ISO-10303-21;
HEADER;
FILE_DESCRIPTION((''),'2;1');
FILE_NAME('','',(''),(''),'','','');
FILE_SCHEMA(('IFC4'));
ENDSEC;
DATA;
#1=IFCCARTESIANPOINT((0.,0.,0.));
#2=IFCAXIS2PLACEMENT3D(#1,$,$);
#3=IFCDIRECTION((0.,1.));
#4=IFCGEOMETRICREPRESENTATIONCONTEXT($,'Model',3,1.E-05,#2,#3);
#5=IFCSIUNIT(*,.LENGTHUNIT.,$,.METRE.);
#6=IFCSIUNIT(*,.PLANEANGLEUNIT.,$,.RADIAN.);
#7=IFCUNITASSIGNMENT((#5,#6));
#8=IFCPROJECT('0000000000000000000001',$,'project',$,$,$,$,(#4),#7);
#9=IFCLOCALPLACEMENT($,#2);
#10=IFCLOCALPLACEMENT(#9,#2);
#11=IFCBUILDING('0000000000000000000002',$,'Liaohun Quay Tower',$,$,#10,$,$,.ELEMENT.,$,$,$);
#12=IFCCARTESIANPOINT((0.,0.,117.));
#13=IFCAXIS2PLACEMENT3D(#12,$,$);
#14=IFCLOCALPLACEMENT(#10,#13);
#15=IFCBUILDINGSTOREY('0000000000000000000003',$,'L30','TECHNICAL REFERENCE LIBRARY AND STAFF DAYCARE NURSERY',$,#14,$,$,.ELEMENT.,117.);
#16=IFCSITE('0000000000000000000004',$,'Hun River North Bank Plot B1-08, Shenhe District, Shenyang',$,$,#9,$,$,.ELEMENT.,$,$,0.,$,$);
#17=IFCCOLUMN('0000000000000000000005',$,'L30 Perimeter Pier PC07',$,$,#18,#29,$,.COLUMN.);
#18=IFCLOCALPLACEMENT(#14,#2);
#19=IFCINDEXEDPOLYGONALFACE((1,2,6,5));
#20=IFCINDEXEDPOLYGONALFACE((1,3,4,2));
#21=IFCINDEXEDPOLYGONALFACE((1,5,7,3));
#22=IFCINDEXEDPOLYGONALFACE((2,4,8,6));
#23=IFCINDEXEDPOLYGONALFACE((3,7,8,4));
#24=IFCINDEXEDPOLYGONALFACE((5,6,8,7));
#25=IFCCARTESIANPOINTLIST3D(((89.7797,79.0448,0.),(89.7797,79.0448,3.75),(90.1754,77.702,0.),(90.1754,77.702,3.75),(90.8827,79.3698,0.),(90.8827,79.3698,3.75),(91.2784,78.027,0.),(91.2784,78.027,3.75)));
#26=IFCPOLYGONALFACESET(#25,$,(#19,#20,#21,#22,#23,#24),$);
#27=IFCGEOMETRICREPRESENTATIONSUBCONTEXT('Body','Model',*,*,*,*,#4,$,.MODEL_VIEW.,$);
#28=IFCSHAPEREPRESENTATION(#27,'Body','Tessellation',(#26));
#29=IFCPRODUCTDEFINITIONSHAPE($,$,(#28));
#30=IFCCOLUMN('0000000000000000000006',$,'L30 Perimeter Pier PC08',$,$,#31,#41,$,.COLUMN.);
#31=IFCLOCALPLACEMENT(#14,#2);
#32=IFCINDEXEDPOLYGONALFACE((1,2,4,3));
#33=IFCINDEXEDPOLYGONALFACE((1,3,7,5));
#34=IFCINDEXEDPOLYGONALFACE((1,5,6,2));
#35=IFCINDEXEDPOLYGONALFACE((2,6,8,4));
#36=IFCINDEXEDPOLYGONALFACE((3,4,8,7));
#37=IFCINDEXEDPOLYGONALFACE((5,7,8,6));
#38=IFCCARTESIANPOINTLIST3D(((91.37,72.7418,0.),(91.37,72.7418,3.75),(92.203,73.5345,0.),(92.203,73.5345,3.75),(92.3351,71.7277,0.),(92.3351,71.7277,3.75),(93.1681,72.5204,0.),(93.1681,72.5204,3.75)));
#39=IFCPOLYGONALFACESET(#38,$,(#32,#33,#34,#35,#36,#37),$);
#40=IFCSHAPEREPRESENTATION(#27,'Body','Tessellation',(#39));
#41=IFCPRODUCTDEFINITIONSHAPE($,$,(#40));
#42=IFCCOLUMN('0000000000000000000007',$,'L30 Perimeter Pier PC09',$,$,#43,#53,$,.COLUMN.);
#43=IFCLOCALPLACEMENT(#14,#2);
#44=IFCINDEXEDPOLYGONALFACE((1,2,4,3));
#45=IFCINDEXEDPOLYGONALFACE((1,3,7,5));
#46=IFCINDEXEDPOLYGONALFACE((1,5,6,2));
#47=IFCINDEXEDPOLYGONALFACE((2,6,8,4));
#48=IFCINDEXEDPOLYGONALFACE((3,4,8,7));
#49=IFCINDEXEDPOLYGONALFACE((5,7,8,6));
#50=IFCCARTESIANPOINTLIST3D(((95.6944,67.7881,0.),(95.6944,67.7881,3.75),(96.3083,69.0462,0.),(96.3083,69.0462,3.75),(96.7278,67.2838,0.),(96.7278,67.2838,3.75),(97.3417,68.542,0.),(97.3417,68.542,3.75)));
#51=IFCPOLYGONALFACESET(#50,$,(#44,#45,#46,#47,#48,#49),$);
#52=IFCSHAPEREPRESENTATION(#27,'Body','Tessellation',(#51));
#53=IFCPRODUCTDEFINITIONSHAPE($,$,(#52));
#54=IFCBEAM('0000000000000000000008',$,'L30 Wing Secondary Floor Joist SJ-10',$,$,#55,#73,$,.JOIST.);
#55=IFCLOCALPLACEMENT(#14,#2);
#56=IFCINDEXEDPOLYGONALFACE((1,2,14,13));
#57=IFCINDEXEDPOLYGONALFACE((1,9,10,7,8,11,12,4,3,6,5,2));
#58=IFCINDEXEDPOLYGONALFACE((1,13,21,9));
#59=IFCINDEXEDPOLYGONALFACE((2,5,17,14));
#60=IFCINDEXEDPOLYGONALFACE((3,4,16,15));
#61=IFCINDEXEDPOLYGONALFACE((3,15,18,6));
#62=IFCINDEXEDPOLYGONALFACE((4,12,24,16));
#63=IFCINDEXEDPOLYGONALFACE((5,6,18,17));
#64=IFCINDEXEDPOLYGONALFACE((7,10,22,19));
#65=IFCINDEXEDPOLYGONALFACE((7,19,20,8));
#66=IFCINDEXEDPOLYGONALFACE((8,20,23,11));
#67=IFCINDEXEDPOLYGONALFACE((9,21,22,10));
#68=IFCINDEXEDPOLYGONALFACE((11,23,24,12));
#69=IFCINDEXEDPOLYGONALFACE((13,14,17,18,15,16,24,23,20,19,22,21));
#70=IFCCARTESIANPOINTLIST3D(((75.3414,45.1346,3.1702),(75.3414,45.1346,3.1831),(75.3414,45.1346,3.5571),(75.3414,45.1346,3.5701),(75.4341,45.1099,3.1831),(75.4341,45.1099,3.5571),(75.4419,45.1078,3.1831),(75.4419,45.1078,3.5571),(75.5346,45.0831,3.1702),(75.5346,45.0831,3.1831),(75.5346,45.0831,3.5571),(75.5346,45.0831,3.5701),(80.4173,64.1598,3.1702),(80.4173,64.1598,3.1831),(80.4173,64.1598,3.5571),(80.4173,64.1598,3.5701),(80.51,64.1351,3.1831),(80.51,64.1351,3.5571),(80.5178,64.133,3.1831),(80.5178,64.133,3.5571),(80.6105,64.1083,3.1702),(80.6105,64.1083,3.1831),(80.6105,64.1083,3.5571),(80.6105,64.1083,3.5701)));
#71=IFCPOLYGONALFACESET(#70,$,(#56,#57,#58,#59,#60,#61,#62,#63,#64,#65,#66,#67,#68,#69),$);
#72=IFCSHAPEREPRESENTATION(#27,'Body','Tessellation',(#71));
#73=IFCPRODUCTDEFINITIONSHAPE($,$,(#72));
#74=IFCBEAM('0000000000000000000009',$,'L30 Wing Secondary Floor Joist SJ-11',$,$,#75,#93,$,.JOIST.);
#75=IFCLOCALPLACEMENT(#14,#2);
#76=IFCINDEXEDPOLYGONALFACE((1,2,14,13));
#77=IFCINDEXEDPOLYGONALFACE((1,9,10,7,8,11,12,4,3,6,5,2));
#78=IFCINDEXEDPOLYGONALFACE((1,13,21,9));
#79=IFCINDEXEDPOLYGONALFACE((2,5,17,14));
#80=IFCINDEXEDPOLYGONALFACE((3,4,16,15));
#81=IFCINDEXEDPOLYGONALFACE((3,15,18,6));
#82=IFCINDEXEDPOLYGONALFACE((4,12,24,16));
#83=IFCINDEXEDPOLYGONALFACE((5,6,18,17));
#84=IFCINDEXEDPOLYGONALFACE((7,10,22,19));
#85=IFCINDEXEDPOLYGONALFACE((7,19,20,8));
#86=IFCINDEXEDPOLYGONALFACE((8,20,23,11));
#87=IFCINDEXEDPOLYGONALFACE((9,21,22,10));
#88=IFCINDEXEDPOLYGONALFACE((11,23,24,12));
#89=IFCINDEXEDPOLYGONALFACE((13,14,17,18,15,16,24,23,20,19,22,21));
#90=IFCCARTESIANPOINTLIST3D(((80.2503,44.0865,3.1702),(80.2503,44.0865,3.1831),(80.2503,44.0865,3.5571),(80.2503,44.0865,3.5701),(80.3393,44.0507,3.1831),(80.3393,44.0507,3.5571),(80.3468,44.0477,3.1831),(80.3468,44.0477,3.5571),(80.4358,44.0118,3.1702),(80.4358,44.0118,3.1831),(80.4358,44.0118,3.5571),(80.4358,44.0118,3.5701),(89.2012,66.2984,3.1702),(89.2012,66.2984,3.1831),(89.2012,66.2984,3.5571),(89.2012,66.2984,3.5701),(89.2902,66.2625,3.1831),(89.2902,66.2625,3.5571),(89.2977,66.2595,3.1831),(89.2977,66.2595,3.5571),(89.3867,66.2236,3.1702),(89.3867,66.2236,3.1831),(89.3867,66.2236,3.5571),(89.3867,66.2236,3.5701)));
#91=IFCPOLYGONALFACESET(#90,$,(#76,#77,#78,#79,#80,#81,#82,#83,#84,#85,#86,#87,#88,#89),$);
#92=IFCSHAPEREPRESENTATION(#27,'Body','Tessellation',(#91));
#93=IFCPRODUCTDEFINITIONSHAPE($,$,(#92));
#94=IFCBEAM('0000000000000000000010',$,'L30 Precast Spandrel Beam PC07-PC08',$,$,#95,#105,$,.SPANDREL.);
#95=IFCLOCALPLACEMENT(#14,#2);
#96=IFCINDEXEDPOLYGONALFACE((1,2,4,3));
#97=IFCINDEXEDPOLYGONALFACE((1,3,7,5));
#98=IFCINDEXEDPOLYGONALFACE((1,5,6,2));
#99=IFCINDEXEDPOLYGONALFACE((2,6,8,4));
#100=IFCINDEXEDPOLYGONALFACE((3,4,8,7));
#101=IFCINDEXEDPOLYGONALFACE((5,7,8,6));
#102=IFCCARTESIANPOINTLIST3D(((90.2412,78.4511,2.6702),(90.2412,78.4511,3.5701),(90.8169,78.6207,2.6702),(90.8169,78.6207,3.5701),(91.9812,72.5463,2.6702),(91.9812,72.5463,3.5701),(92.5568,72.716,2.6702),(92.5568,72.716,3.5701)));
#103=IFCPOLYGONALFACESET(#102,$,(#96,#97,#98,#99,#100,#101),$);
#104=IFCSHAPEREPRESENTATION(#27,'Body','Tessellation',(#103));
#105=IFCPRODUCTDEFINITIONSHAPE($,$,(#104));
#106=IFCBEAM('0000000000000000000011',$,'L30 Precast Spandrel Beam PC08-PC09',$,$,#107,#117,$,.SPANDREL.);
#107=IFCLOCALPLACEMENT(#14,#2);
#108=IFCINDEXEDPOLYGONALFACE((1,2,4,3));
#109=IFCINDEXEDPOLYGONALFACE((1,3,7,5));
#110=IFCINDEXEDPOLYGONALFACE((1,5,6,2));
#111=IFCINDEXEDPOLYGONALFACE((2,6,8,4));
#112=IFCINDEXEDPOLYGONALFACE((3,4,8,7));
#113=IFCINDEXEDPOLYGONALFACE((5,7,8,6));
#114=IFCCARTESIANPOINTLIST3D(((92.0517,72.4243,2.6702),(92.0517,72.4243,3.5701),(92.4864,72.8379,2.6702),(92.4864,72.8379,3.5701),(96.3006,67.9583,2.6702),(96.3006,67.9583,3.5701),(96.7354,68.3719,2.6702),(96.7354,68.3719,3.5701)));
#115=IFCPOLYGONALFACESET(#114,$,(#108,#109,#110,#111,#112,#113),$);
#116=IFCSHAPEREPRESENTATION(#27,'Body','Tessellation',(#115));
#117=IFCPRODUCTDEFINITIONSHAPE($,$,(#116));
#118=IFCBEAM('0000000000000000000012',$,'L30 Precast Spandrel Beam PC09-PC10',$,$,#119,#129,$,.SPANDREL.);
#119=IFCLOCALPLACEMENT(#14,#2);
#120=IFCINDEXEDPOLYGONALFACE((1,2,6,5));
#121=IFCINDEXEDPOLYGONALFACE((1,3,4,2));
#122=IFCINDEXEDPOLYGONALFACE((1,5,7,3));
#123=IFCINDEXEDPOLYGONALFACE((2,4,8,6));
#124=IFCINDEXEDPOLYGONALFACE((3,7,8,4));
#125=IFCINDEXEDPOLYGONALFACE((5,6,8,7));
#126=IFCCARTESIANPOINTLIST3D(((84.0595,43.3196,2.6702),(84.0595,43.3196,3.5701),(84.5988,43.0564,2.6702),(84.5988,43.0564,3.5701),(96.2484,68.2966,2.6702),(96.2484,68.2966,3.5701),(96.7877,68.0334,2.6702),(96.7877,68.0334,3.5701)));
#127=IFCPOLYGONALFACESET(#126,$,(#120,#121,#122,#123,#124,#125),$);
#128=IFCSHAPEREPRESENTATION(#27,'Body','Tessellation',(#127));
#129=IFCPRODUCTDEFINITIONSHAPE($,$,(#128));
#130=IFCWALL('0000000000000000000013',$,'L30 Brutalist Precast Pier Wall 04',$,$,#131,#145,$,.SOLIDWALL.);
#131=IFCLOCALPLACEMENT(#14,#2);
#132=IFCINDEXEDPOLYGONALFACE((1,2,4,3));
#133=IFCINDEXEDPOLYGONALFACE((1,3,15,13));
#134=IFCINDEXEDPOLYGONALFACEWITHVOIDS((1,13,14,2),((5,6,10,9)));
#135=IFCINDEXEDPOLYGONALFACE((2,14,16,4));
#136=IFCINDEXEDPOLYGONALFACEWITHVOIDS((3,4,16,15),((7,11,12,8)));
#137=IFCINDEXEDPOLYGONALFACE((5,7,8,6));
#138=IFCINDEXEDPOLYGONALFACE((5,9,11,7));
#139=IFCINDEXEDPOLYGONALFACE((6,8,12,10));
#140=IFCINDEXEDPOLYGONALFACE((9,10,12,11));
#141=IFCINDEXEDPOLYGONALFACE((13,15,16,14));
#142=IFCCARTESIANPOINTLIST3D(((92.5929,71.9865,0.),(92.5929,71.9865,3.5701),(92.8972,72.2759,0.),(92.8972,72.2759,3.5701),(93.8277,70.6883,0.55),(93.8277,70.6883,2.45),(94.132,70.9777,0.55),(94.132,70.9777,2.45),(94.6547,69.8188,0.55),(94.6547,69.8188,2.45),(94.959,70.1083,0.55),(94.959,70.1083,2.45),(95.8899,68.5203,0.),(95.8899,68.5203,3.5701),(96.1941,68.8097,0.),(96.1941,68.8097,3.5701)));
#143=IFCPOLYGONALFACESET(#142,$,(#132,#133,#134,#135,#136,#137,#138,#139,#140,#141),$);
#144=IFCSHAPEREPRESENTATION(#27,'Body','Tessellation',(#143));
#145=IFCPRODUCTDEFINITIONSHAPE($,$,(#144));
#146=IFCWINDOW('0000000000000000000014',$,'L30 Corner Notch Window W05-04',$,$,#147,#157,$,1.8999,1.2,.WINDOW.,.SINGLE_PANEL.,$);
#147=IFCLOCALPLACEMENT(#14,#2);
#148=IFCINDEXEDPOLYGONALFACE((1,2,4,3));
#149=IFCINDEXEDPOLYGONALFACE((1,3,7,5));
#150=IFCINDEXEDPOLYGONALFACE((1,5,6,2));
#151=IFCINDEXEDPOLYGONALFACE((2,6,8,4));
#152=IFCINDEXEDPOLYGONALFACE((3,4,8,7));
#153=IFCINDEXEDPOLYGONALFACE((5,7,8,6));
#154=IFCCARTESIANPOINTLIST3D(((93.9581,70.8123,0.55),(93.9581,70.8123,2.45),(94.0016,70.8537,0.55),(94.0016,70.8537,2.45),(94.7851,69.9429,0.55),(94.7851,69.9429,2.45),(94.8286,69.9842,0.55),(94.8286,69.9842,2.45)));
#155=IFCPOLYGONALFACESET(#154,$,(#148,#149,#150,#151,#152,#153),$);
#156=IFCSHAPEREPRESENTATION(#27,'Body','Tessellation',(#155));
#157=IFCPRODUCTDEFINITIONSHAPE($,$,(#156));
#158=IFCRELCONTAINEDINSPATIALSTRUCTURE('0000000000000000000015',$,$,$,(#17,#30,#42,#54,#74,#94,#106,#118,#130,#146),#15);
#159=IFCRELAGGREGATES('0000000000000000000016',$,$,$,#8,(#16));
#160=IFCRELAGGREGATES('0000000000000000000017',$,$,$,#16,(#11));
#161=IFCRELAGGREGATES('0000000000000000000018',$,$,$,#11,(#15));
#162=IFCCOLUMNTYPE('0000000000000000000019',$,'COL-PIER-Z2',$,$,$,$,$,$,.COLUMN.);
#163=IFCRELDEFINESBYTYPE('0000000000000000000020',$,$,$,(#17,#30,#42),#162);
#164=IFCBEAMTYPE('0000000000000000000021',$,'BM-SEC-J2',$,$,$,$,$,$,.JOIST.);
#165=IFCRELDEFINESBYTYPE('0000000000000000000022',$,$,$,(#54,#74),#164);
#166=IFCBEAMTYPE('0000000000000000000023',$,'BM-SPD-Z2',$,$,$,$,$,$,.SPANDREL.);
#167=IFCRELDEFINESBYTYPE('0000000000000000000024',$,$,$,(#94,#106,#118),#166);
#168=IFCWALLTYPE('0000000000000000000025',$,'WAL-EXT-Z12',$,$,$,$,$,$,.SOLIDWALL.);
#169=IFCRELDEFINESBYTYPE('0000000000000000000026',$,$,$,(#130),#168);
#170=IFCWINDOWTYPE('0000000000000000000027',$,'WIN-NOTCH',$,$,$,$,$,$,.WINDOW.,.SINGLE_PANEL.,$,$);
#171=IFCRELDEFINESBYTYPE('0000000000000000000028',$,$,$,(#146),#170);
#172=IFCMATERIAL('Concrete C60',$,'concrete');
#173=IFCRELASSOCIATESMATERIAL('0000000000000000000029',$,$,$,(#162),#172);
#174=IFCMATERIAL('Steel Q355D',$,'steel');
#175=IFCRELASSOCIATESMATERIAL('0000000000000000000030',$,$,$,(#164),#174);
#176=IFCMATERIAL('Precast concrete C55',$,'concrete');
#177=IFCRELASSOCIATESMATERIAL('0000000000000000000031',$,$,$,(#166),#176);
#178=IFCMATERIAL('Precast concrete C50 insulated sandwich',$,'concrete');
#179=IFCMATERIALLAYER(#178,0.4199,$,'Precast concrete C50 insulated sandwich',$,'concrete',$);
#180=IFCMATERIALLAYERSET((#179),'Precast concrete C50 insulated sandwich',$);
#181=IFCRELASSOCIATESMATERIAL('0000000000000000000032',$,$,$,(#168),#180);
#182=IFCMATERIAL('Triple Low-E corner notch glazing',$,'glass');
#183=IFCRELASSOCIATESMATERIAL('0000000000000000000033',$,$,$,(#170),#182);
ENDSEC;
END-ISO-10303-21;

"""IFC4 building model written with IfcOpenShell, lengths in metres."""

from ifc_helpers import new_model, si_unit, direction, frame, frame_2d, origin, origin_2d, place, context, subcontext, project, spatial, rectangle, i_section, extrude, source, transform, mapped, material, layer, layer_set, material_profile, profile_set, type_object, element, fill, save


model = new_model("IFC4")

# Units and contexts
model_context = context("Model", 3, precision=1e-05, world=origin(), true_north=direction((0.0, 1.0)))
body_context = subcontext(model_context, "Body", "Model", "MODEL_VIEW")
ifc_project = project(units=[si_unit("LENGTHUNIT", "METRE"), si_unit("PLANEANGLEUNIT", "RADIAN")], contexts=[model_context])

# Site, building, storey
site_placement = place(None, origin())
site = spatial("IfcSite", under=ifc_project, at=site_placement, Name="Hun River North Bank Plot B1-08, Shenhe District, Shenyang", CompositionType="ELEMENT", RefElevation=0.0)
building_placement = place(site_placement, origin())
building = spatial("IfcBuilding", under=site, at=building_placement, Name="Liaohun Quay Tower", CompositionType="ELEMENT")
storey_placement = place(building_placement, frame((0.0, 0.0, 117.0)))
storey = spatial("IfcBuildingStorey", under=building, at=storey_placement, Name="L30", Description="TECHNICAL REFERENCE LIBRARY AND STAFF DAYCARE NURSERY", CompositionType="ELEMENT", Elevation=117.0)

# Columns
ifc_material_1 = material(Name="Concrete C60", Category="concrete")
ifc_material_profile_1 = material_profile(ifc_material_1, rectangle(XDim=1.3999, YDim=1.1499, at=origin_2d()), Name="RC1400x1150")
ifc_profile_set_1 = profile_set([ifc_material_profile_1], Name="Concrete C60")
column_type = type_object("IfcColumnType", Name="COL-PIER-Z2", PredefinedType="COLUMN", material=ifc_profile_set_1)
shared_shape_1 = source(origin(), body_context, "Body", "SweptSolid", [
    extrude(rectangle(XDim=1.3999, YDim=1.1499, at=origin_2d()), origin(), (0.0, 0.0, 1.0), 3.75),
])
for number, where, z_axis, x_axis, name in (
    (1, (90.5291, 78.5359, 0.0), (0.0, 0.0, 1.0), (-0.282676, 0.959215, 0.0), "L30 Perimeter Pier PC07"),
    (2, (92.269, 72.6311, 0.0), (0.0, 0.0, 1.0), (-0.689367, 0.724413, 0.0), "L30 Perimeter Pier PC08"),
    (3, (96.5181, 68.165, 0.0), (0.0, 0.0, 1.0), (0.438528, 0.898718, 0.0), "L30 Perimeter Pier PC09"),
):
    element("IfcColumn", number, at=place(storey_placement, frame(where, z_axis=z_axis, x_axis=x_axis)), inside=storey, type_object=column_type, Name=name, PredefinedType="COLUMN", context=body_context, shape_type="MappedRepresentation", body=[
        mapped(shared_shape_1, transform((0.0, 0.0, 0.0), x_axis=(1.0, 0.0, 0.0), y_axis=(0.0, 1.0, 0.0), z_axis=(0.0, 0.0, 1.0), scale=1.0)),
    ])

# Beams
ifc_material_2 = material(Name="Steel Q355D", Category="steel")
ifc_material_profile_2 = material_profile(ifc_material_2, i_section(OverallWidth=0.2, OverallDepth=0.3999, WebThickness=0.0081, FlangeThickness=0.0129, at=origin_2d()), Name="HN400x200x8x13")
ifc_profile_set_2 = profile_set([ifc_material_profile_2], Name="Steel Q355D")
beam_type_1 = type_object("IfcBeamType", Name="BM-SEC-J2", PredefinedType="JOIST", material=ifc_profile_set_2)
shared_shape_2 = source(origin(), body_context, "Body", "SweptSolid", [
    extrude(i_section(OverallWidth=0.2, OverallDepth=0.3999, WebThickness=0.0081, FlangeThickness=0.0129, at=origin_2d()), origin(), (0.0, 0.0, 1.0), 19.6907),
])
beam_1_placement = place(storey_placement, frame((80.5139, 64.134, 3.3701), z_axis=(-0.257784, -0.966203, 0.0), x_axis=(0.966203, -0.257784, 0.0)))
element("IfcBeam", 4, at=beam_1_placement, inside=storey, type_object=beam_type_1, Name="L30 Wing Secondary Floor Joist SJ-10", PredefinedType="JOIST", context=body_context, shape_type="MappedRepresentation", body=[
    mapped(shared_shape_2, transform((0.0, 0.0, 0.0), x_axis=(1.0, 0.0, 0.0), y_axis=(0.0, 1.0, 0.0), z_axis=(0.0, 0.0, 1.0), scale=1.0)),
])
shared_shape_3 = source(origin(), body_context, "Body", "SweptSolid", [
    extrude(i_section(OverallWidth=0.2, OverallDepth=0.3999, WebThickness=0.0081, FlangeThickness=0.0129, at=origin_2d()), origin(), (0.0, 0.0, 1.0), 23.9475),
])
beam_2_placement = place(storey_placement, frame((89.2939, 66.261, 3.3701), z_axis=(-0.373771, -0.927521, 0.0), x_axis=(0.927521, -0.373771, 0.0)))
element("IfcBeam", 5, at=beam_2_placement, inside=storey, type_object=beam_type_1, Name="L30 Wing Secondary Floor Joist SJ-11", PredefinedType="JOIST", context=body_context, shape_type="MappedRepresentation", body=[
    mapped(shared_shape_3, transform((0.0, 0.0, 0.0), x_axis=(1.0, 0.0, 0.0), y_axis=(0.0, 1.0, 0.0), z_axis=(0.0, 0.0, 1.0), scale=1.0)),
])
ifc_material_3 = material(Name="Precast concrete C55", Category="concrete")
ifc_material_profile_3 = material_profile(ifc_material_3, rectangle(XDim=0.6001, YDim=0.8999, at=origin_2d()), Name="RC600x900")
ifc_profile_set_3 = profile_set([ifc_material_profile_3], Name="Precast concrete C55")
beam_type_2 = type_object("IfcBeamType", Name="BM-SPD-Z2", PredefinedType="SPANDREL", material=ifc_profile_set_3)
shared_shape_4 = source(origin(), body_context, "Body", "SweptSolid", [
    extrude(rectangle(XDim=0.6001, YDim=0.8999, at=origin_2d()), origin(), (0.0, 0.0, 1.0), 6.1558),
])
beam_3_placement = place(storey_placement, frame((90.5291, 78.5359, 3.1201), z_axis=(0.282658, -0.959221, 0.0), x_axis=(0.959221, 0.282658, 0.0)))
element("IfcBeam", 6, at=beam_3_placement, inside=storey, type_object=beam_type_2, Name="L30 Precast Spandrel Beam PC07-PC08", PredefinedType="SPANDREL", context=body_context, shape_type="MappedRepresentation", body=[
    mapped(shared_shape_4, transform((0.0, 0.0, 0.0), x_axis=(1.0, 0.0, 0.0), y_axis=(0.0, 1.0, 0.0), z_axis=(0.0, 0.0, 1.0), scale=1.0)),
])
shared_shape_5 = source(origin(), body_context, "Body", "SweptSolid", [
    extrude(rectangle(XDim=0.6001, YDim=0.8999, at=origin_2d()), origin(), (0.0, 0.0, 1.0), 6.1643),
])
beam_4_placement = place(storey_placement, frame((92.269, 72.6311, 3.1201), z_axis=(0.689283, -0.724492, 0.0), x_axis=(0.724492, 0.689283, 0.0)))
element("IfcBeam", 7, at=beam_4_placement, inside=storey, type_object=beam_type_2, Name="L30 Precast Spandrel Beam PC08-PC09", PredefinedType="SPANDREL", context=body_context, shape_type="MappedRepresentation", body=[
    mapped(shared_shape_5, transform((0.0, 0.0, 0.0), x_axis=(1.0, 0.0, 0.0), y_axis=(0.0, 1.0, 0.0), z_axis=(0.0, 0.0, 1.0), scale=1.0)),
])
shared_shape_6 = source(origin(), body_context, "Body", "SweptSolid", [
    extrude(rectangle(XDim=0.6001, YDim=0.8999, at=origin_2d()), origin(), (0.0, 0.0, 1.0), 27.7925),
])
beam_5_placement = place(storey_placement, frame((96.5181, 68.165, 3.1201), z_axis=(-0.43857, -0.898697, 0.0), x_axis=(0.898697, -0.43857, 0.0)))
element("IfcBeam", 8, at=beam_5_placement, inside=storey, type_object=beam_type_2, Name="L30 Precast Spandrel Beam PC09-PC10", PredefinedType="SPANDREL", context=body_context, shape_type="MappedRepresentation", body=[
    mapped(shared_shape_6, transform((0.0, 0.0, 0.0), x_axis=(1.0, 0.0, 0.0), y_axis=(0.0, 1.0, 0.0), z_axis=(0.0, 0.0, 1.0), scale=1.0)),
])

# Wall, opening, window
ifc_material_4 = material(Name="Precast concrete C50 insulated sandwich", Category="concrete")
ifc_layer_1 = layer(ifc_material_4, 0.4199, Name="Precast concrete C50 insulated sandwich", Category="concrete")
ifc_layer_set_1 = layer_set([ifc_layer_1], Name="Precast concrete C50 insulated sandwich")
wall_type_1 = type_object("IfcWallType", Name="WAL-EXT-Z12", PredefinedType="SOLIDWALL", material=ifc_layer_set_1)
wall_1_placement = place(storey_placement, frame((96.042, 68.665, 0.0), z_axis=(0.0, 0.0, 1.0), x_axis=(-0.689201, 0.72457, 0.0)))
wall_1 = element("IfcWall", 9, at=wall_1_placement, inside=storey, type_object=wall_type_1, Name="L30 Brutalist Precast Pier Wall 04", PredefinedType="SOLIDWALL", context=body_context, shape_type="SweptSolid", body=[
    extrude(rectangle(XDim=4.7837, YDim=0.4199, at=frame_2d((2.3918, 0.0))), origin(), (0.0, 0.0, 1.0), 3.5701),
])
shared_shape_7 = source(origin(), body_context, "Body", "SweptSolid", [
    extrude(rectangle(XDim=1.2, YDim=1.8999, at=frame_2d((0.6001, 0.95))), frame((0.0, 0.22, 0.0), z_axis=(0.0, -1.0, 0.0), x_axis=(1.0, 0.0, 0.0)), (0.0, 0.0, 1.0), 0.4399),
])
opening_1_placement = place(wall_1_placement, frame((1.792, 0.0, 0.55)))
opening_1 = element("IfcOpeningElement", 10, at=opening_1_placement, cuts=wall_1, PredefinedType="OPENING", context=body_context, shape_type="MappedRepresentation", body=[
    mapped(shared_shape_7, transform((0.0, 0.0, 0.0), x_axis=(1.0, 0.0, 0.0), y_axis=(0.0, 1.0, 0.0), z_axis=(0.0, 0.0, 1.0), scale=1.0)),
])
ifc_material_5 = material(Name="Triple Low-E corner notch glazing", Category="glass")
window_type_1 = type_object("IfcWindowType", Name="WIN-NOTCH", PartitioningType="SINGLE_PANEL", PredefinedType="WINDOW", material=ifc_material_5)
shared_shape_8 = source(origin(), body_context, "Body", "SweptSolid", [
    extrude(rectangle(XDim=1.2, YDim=1.8999, at=frame_2d((0.6001, 0.95))), frame((0.0, 0.03, 0.0), z_axis=(0.0, -1.0, 0.0), x_axis=(1.0, 0.0, 0.0)), (0.0, 0.0, 1.0), 0.0601),
])
window_1_placement = place(opening_1_placement, origin())
window_1 = element("IfcWindow", 11, at=window_1_placement, inside=storey, type_object=window_type_1, Name="L30 Corner Notch Window W05-04", OverallHeight=1.8999, OverallWidth=1.2, PartitioningType="SINGLE_PANEL", PredefinedType="WINDOW", context=body_context, shape_type="MappedRepresentation", body=[
    mapped(shared_shape_8, transform((0.0, 0.0, 0.0), x_axis=(1.0, 0.0, 0.0), y_axis=(0.0, 1.0, 0.0), z_axis=(0.0, 0.0, 1.0), scale=1.0)),
])
fill(opening_1, window_1)

save(model, "model.ifc")
